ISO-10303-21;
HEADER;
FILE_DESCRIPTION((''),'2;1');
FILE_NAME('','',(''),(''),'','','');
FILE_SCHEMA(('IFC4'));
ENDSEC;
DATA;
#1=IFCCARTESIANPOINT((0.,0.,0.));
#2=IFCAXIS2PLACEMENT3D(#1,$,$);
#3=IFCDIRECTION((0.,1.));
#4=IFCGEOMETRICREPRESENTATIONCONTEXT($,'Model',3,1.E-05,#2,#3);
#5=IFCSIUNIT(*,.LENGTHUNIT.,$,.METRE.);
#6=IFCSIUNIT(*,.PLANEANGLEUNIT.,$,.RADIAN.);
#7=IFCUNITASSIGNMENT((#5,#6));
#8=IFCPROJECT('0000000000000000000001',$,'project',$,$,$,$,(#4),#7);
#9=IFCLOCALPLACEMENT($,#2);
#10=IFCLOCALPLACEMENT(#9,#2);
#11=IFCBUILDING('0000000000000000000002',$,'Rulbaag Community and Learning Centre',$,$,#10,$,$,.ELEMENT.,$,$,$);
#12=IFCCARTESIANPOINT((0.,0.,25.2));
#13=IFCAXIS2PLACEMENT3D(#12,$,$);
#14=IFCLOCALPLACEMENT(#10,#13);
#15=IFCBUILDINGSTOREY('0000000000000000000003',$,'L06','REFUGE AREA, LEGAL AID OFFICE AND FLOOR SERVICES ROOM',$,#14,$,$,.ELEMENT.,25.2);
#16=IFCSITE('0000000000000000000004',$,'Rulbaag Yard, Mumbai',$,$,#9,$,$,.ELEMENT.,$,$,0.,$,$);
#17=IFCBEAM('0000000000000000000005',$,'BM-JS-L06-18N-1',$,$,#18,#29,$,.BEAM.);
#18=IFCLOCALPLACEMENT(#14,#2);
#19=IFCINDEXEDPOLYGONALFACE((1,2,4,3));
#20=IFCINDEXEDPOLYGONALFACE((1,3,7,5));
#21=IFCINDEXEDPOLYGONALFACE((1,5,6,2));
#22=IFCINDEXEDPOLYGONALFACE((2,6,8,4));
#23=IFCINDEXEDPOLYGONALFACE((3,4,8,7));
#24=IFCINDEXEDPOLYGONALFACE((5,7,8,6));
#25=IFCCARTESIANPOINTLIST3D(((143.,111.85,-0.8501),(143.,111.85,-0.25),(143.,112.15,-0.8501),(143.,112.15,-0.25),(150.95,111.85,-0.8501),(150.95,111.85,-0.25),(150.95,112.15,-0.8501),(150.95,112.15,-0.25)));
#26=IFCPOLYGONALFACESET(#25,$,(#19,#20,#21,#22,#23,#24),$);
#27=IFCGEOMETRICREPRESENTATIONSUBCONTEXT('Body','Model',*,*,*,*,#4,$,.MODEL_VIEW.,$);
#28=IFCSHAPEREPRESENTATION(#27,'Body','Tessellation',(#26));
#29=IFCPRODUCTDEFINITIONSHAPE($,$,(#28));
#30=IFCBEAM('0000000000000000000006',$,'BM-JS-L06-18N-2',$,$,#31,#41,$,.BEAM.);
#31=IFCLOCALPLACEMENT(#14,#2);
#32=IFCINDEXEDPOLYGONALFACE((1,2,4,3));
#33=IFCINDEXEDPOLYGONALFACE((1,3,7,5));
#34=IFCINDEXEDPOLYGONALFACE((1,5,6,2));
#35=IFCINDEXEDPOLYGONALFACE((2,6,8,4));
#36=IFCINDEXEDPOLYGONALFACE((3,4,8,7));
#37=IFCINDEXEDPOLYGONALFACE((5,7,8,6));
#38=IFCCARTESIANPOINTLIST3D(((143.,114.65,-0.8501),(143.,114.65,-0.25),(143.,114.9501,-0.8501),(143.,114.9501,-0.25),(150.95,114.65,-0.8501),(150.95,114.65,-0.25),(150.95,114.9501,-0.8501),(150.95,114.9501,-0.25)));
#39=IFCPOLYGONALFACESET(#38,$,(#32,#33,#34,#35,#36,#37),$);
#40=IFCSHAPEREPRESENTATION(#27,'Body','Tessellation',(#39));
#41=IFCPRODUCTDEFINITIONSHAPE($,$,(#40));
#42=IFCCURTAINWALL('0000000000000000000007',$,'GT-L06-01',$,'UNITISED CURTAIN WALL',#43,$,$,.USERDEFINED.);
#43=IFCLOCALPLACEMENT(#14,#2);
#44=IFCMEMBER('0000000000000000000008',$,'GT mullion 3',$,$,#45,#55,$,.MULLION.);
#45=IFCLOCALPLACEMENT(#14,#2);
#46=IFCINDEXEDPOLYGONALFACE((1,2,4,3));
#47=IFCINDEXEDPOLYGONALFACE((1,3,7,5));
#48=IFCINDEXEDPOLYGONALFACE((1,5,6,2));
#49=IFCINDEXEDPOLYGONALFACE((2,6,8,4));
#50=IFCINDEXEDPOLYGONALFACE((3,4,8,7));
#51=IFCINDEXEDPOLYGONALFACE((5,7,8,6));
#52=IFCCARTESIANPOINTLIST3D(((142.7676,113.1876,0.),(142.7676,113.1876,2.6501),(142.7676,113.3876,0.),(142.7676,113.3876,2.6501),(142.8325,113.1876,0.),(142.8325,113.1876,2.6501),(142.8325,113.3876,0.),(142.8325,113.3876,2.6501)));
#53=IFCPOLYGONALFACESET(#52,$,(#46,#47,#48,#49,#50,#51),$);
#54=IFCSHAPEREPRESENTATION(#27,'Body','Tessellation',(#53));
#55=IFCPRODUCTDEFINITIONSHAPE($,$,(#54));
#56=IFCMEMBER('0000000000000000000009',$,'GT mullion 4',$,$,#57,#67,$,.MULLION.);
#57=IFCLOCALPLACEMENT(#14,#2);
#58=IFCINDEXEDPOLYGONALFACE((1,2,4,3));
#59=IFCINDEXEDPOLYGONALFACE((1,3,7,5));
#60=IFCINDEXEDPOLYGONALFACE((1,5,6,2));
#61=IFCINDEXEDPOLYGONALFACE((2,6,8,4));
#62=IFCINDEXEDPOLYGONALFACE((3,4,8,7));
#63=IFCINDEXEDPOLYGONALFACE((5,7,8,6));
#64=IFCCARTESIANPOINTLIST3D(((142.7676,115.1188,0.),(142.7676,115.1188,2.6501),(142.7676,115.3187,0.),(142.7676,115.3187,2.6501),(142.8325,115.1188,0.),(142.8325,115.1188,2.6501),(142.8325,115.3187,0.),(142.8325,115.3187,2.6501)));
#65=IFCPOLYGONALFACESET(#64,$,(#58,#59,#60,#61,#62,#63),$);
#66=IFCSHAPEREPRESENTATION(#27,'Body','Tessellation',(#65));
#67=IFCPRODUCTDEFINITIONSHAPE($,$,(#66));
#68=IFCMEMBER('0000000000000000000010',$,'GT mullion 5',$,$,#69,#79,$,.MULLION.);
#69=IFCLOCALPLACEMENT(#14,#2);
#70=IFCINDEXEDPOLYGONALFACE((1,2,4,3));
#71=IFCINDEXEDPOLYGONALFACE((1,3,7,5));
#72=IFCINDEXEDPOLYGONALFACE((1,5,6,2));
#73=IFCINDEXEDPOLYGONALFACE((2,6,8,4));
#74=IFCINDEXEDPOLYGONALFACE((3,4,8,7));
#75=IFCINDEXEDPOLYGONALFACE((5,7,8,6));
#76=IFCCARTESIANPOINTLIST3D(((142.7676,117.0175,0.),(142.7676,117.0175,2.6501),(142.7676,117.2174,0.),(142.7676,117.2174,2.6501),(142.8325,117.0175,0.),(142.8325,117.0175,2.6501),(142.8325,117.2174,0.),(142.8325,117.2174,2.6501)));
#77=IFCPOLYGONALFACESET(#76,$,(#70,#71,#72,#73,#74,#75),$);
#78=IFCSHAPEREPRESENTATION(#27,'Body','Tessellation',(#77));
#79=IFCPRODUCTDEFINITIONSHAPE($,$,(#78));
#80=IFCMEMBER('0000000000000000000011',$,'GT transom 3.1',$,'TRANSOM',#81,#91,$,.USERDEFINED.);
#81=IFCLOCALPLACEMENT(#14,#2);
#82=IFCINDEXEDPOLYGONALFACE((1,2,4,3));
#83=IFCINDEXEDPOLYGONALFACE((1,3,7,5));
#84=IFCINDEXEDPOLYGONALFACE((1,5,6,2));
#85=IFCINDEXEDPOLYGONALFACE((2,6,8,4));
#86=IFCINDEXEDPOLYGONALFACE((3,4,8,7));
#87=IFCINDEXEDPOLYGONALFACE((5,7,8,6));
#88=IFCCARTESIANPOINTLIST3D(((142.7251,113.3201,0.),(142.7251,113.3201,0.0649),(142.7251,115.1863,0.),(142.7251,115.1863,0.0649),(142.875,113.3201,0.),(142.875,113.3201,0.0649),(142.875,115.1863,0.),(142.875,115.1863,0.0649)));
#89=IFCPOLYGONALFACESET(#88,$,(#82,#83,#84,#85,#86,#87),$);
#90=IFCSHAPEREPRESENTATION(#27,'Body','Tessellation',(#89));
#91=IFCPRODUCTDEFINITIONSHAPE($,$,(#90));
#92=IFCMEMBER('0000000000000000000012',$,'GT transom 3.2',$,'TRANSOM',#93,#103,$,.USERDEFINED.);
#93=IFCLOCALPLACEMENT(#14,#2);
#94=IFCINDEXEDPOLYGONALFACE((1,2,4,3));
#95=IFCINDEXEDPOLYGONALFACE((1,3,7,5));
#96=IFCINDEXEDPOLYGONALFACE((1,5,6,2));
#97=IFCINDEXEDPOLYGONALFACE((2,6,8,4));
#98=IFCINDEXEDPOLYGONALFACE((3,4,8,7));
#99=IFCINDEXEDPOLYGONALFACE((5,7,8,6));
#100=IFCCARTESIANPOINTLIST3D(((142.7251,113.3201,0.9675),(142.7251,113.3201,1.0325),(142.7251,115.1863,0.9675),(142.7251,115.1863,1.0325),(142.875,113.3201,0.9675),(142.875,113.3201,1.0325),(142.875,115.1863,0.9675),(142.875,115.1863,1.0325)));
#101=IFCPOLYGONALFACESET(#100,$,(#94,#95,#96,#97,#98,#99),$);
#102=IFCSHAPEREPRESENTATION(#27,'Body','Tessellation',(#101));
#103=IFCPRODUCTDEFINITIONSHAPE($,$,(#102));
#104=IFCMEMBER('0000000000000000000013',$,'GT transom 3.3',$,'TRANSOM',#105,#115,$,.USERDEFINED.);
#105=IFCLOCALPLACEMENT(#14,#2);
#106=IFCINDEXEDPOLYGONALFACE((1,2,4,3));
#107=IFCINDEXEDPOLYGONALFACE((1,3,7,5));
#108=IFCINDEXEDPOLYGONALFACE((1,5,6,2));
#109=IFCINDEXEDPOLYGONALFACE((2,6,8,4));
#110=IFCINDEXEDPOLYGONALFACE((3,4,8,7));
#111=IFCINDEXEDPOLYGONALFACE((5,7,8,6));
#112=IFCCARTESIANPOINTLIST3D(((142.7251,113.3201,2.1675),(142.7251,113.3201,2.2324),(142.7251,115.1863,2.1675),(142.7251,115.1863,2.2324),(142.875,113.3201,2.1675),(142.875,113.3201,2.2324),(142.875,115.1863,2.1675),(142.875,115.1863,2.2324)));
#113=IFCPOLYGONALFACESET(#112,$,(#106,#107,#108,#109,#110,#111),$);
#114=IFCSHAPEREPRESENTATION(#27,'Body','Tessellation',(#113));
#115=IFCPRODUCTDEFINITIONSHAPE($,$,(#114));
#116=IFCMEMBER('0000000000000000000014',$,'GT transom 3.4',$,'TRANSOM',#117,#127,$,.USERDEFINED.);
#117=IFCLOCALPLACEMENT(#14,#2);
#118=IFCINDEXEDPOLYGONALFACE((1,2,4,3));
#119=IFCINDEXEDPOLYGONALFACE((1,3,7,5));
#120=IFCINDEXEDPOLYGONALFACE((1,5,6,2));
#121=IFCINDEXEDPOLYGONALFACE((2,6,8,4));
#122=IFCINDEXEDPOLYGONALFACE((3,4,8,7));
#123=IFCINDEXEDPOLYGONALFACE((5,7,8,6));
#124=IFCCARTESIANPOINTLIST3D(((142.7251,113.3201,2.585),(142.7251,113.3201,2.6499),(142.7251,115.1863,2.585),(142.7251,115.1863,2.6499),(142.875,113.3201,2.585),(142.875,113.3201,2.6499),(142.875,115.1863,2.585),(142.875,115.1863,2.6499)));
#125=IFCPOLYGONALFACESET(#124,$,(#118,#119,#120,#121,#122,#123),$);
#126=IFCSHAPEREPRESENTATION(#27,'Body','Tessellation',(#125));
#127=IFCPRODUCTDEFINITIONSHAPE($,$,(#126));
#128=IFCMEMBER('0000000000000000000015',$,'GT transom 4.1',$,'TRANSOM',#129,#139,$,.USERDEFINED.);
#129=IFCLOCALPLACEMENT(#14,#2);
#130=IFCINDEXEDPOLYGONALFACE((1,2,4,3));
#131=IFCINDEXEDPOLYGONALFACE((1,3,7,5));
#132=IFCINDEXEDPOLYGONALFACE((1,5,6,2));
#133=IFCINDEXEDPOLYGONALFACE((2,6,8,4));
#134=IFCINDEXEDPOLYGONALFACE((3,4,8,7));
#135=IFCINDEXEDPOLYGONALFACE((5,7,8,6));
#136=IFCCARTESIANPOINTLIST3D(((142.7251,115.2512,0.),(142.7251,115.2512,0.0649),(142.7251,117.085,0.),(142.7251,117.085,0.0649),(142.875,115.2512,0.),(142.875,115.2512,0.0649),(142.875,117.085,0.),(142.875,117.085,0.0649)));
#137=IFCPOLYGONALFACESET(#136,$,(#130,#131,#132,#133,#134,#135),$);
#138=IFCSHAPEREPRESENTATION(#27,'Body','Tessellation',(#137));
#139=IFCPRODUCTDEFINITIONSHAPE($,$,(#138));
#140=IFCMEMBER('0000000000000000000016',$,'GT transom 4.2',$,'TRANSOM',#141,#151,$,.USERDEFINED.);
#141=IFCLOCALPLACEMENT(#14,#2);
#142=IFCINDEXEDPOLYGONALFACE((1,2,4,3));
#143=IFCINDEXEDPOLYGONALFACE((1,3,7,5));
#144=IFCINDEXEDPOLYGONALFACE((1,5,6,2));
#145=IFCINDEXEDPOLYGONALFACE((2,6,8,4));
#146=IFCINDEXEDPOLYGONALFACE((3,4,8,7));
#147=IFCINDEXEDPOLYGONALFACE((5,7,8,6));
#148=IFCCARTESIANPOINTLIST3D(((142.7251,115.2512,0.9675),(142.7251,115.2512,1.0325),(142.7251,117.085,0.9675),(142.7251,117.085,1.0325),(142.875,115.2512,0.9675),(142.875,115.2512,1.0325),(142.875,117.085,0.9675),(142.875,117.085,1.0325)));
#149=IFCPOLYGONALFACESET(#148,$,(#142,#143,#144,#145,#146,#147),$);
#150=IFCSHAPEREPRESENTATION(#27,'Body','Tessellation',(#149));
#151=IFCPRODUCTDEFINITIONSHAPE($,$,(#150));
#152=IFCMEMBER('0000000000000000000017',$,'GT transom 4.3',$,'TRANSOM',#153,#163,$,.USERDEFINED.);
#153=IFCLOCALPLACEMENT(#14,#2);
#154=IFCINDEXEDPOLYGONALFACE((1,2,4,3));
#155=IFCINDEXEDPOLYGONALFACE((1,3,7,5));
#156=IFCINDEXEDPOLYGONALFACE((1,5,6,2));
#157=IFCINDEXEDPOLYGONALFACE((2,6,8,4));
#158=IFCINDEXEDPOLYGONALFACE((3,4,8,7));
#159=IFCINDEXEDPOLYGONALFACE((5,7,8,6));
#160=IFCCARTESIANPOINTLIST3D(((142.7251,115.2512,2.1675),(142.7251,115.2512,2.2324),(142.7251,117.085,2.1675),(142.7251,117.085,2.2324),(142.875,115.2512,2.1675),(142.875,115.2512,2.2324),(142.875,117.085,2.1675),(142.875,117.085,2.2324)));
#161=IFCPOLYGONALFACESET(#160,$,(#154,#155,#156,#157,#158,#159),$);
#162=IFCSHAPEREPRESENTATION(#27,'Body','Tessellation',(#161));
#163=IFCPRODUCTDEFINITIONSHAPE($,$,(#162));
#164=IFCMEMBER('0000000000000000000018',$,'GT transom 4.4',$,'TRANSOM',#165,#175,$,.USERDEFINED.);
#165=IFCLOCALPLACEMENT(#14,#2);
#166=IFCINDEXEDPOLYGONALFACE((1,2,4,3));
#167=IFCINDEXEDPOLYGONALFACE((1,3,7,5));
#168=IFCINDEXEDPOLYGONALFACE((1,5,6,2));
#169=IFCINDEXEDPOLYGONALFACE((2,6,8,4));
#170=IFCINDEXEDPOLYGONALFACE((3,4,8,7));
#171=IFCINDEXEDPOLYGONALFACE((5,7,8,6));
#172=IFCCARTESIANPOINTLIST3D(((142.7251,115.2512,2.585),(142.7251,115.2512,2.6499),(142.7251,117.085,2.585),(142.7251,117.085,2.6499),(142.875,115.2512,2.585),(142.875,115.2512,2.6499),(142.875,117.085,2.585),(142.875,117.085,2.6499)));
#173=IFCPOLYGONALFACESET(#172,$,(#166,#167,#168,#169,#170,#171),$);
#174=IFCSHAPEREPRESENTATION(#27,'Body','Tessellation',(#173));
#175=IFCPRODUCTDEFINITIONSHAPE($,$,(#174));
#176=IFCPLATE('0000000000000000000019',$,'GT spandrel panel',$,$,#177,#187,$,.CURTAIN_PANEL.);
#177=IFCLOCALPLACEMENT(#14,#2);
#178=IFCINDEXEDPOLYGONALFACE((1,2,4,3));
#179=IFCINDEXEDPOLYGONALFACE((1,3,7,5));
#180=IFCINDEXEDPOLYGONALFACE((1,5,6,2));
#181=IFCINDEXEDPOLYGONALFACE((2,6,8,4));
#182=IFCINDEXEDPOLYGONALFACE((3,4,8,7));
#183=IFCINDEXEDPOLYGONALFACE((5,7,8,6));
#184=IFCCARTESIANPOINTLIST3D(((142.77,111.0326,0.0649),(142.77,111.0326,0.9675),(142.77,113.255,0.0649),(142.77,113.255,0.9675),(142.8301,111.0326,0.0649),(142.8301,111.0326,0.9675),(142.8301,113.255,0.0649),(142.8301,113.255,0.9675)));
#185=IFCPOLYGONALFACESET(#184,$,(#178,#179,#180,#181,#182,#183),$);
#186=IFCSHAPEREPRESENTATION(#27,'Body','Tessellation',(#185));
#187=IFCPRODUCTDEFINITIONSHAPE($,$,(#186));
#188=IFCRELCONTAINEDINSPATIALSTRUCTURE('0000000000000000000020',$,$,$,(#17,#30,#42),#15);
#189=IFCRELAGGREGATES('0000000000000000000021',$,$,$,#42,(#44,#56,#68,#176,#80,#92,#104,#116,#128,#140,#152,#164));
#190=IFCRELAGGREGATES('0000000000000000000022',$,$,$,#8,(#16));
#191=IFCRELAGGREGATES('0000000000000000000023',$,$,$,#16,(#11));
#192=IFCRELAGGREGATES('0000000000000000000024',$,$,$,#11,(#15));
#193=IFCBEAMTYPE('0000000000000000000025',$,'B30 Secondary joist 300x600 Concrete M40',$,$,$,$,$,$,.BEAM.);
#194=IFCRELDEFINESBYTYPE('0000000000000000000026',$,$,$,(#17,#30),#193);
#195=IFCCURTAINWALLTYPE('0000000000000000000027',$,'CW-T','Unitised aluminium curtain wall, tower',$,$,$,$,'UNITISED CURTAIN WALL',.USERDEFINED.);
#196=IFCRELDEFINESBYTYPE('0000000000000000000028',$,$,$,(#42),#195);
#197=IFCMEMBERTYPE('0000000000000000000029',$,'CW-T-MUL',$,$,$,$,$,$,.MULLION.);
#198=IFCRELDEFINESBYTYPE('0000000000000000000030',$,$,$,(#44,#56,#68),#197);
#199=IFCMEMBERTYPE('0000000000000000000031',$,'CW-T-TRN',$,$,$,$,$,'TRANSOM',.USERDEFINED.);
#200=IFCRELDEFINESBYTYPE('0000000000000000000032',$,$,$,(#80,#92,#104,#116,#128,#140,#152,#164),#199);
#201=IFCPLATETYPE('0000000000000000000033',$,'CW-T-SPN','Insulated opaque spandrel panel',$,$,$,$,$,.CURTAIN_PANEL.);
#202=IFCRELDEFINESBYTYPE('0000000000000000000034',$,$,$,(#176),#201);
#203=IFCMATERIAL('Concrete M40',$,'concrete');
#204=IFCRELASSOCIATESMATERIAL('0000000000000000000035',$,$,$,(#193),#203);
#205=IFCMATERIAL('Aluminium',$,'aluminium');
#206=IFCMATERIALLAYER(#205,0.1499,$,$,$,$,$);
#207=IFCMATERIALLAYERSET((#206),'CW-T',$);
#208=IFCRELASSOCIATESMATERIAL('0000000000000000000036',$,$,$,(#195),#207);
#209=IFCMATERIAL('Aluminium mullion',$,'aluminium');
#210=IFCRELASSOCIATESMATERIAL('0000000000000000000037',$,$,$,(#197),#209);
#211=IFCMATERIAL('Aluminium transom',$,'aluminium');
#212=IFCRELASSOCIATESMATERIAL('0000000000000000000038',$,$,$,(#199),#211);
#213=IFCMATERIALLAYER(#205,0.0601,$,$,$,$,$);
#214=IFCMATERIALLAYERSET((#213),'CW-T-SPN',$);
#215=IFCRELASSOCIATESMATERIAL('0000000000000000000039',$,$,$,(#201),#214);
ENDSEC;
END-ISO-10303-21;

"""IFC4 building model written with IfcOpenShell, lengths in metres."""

from ifc_helpers import new_model, si_unit, direction, frame, origin, origin_2d, place, context, subcontext, project, spatial, rectangle, extrude, material, layer, layer_set, material_profile, profile_set, type_object, element, aggregate, save


model = new_model("IFC4")

# Units and contexts
model_context = context("Model", 3, precision=1e-05, world=origin(), true_north=direction((0.0, 1.0)))
body_context = subcontext(model_context, "Body", "Model", "MODEL_VIEW")
ifc_project = project(units=[si_unit("LENGTHUNIT", "METRE"), si_unit("PLANEANGLEUNIT", "RADIAN")], contexts=[model_context])

# Site, building, storey
site_placement = place(None, origin())
site = spatial("IfcSite", under=ifc_project, at=site_placement, Name="Rulbaag Yard, Mumbai", CompositionType="ELEMENT", RefElevation=0.0)
building_placement = place(site_placement, origin())
building = spatial("IfcBuilding", under=site, at=building_placement, Name="Rulbaag Community and Learning Centre", CompositionType="ELEMENT")
storey_placement = place(building_placement, frame((0.0, 0.0, 25.2)))
storey = spatial("IfcBuildingStorey", under=building, at=storey_placement, Name="L06", Description="REFUGE AREA, LEGAL AID OFFICE AND FLOOR SERVICES ROOM", CompositionType="ELEMENT", Elevation=25.2)

# Beams
ifc_material_1 = material(Name="Concrete M40", Category="concrete")
ifc_material_profile_1 = material_profile(ifc_material_1, rectangle(XDim=0.3, YDim=0.6001, at=origin_2d()), Name="RB300x600")
ifc_profile_set_1 = profile_set([ifc_material_profile_1], Name="Concrete M40")
beam_type = type_object("IfcBeamType", Name="B30 Secondary joist 300x600 Concrete M40", PredefinedType="BEAM", material=ifc_profile_set_1)
for number, where, z_axis, x_axis, name in (
    (1, (143.0, 112.0, -0.55), (1.0, 0.0, 0.0), (0.0, 1.0, 0.0), "BM-JS-L06-18N-1"),
    (2, (143.0, 114.8, -0.55), (1.0, 0.0, 0.0), (0.0, 1.0, 0.0), "BM-JS-L06-18N-2"),
):
    element("IfcBeam", number, at=place(storey_placement, frame(where, z_axis=z_axis, x_axis=x_axis)), inside=storey, type_object=beam_type, Name=name, PredefinedType="BEAM", context=body_context, shape_type="SweptSolid", body=[
        extrude(rectangle(XDim=0.3, YDim=0.6001, at=origin_2d()), origin(), (0.0, 0.0, 1.0), 7.95),
    ])

# Curtain wall, members, plate
ifc_material_2 = material(Name="Aluminium", Category="aluminium")
ifc_layer_1 = layer(ifc_material_2, 0.1499)
ifc_layer_set_1 = layer_set([ifc_layer_1], Name="CW-T")
curtain_wall_type = type_object("IfcCurtainWallType", Name="CW-T", Description="Unitised aluminium curtain wall, tower", ElementType="UNITISED CURTAIN WALL", PredefinedType="USERDEFINED", material=ifc_layer_set_1)
curtain_wall_placement = place(storey_placement, origin())
curtain_wall = element("IfcCurtainWall", 3, at=curtain_wall_placement, inside=storey, type_object=curtain_wall_type, Name="GT-L06-01", ObjectType="UNITISED CURTAIN WALL", PredefinedType="USERDEFINED")
ifc_material_3 = material(Name="Aluminium mullion", Category="aluminium")
ifc_material_profile_2 = material_profile(ifc_material_3, rectangle(XDim=0.0649, YDim=0.2, at=origin_2d()), Name="AL 65x200")
ifc_profile_set_2 = profile_set([ifc_material_profile_2], Name="Aluminium mullion")
member_type_1 = type_object("IfcMemberType", Name="CW-T-MUL", PredefinedType="MULLION", material=ifc_profile_set_2)
member_1_placement = place(storey_placement, frame((142.8, 113.2876, 0.0), z_axis=(0.0, 0.0, 1.0), x_axis=(-1.0, 0.0, 0.0)))
member_1 = element("IfcMember", 4, at=member_1_placement, type_object=member_type_1, Name="GT mullion 3", PredefinedType="MULLION", context=body_context, shape_type="SweptSolid", body=[
    extrude(rectangle(XDim=0.0649, YDim=0.2, at=origin_2d()), origin(), (0.0, 0.0, 1.0), 2.6501),
])
member_2_placement = place(storey_placement, frame((142.8, 115.2188, 0.0), z_axis=(0.0, 0.0, 1.0), x_axis=(-1.0, 0.0, 0.0)))
member_2 = element("IfcMember", 5, at=member_2_placement, type_object=member_type_1, Name="GT mullion 4", PredefinedType="MULLION", context=body_context, shape_type="SweptSolid", body=[
    extrude(rectangle(XDim=0.0649, YDim=0.2, at=origin_2d()), origin(), (0.0, 0.0, 1.0), 2.6501),
])
member_3_placement = place(storey_placement, frame((142.8, 117.1174, 0.0), z_axis=(0.0, 0.0, 1.0), x_axis=(-1.0, 0.0, 0.0)))
member_3 = element("IfcMember", 6, at=member_3_placement, type_object=member_type_1, Name="GT mullion 5", PredefinedType="MULLION", context=body_context, shape_type="SweptSolid", body=[
    extrude(rectangle(XDim=0.0649, YDim=0.2, at=origin_2d()), origin(), (0.0, 0.0, 1.0), 2.6501),
])
ifc_material_4 = material(Name="Aluminium transom", Category="aluminium")
ifc_material_profile_3 = material_profile(ifc_material_4, rectangle(XDim=0.1499, YDim=0.0649, at=origin_2d()), Name="AL 65x150 T")
ifc_profile_set_3 = profile_set([ifc_material_profile_3], Name="Aluminium transom")
member_type_2 = type_object("IfcMemberType", Name="CW-T-TRN", ElementType="TRANSOM", PredefinedType="USERDEFINED", material=ifc_profile_set_3)
member_4_placement = place(storey_placement, frame((142.8, 113.3201, 0.0325), z_axis=(0.0, 1.0, 0.0), x_axis=(-1.0, 0.0, 0.0)))
member_4 = element("IfcMember", 7, at=member_4_placement, type_object=member_type_2, Name="GT transom 3.1", ObjectType="TRANSOM", PredefinedType="USERDEFINED", context=body_context, shape_type="SweptSolid", body=[
    extrude(rectangle(XDim=0.1499, YDim=0.0649, at=origin_2d()), origin(), (0.0, 0.0, 1.0), 1.8662),
])
member_5_placement = place(storey_placement, frame((142.8, 113.3201, 1.0), z_axis=(0.0, 1.0, 0.0), x_axis=(-1.0, 0.0, 0.0)))
member_5 = element("IfcMember", 8, at=member_5_placement, type_object=member_type_2, Name="GT transom 3.2", ObjectType="TRANSOM", PredefinedType="USERDEFINED", context=body_context, shape_type="SweptSolid", body=[
    extrude(rectangle(XDim=0.1499, YDim=0.0649, at=origin_2d()), origin(), (0.0, 0.0, 1.0), 1.8662),
])
member_6_placement = place(storey_placement, frame((142.8, 113.3201, 2.2), z_axis=(0.0, 1.0, 0.0), x_axis=(-1.0, 0.0, 0.0)))
member_6 = element("IfcMember", 9, at=member_6_placement, type_object=member_type_2, Name="GT transom 3.3", ObjectType="TRANSOM", PredefinedType="USERDEFINED", context=body_context, shape_type="SweptSolid", body=[
    extrude(rectangle(XDim=0.1499, YDim=0.0649, at=origin_2d()), origin(), (0.0, 0.0, 1.0), 1.8662),
])
member_7_placement = place(storey_placement, frame((142.8, 113.3201, 2.6174), z_axis=(0.0, 1.0, 0.0), x_axis=(-1.0, 0.0, 0.0)))
member_7 = element("IfcMember", 10, at=member_7_placement, type_object=member_type_2, Name="GT transom 3.4", ObjectType="TRANSOM", PredefinedType="USERDEFINED", context=body_context, shape_type="SweptSolid", body=[
    extrude(rectangle(XDim=0.1499, YDim=0.0649, at=origin_2d()), origin(), (0.0, 0.0, 1.0), 1.8662),
])
member_8_placement = place(storey_placement, frame((142.8, 115.2512, 0.0325), z_axis=(0.0, 1.0, 0.0), x_axis=(-1.0, 0.0, 0.0)))
member_8 = element("IfcMember", 11, at=member_8_placement, type_object=member_type_2, Name="GT transom 4.1", ObjectType="TRANSOM", PredefinedType="USERDEFINED", context=body_context, shape_type="SweptSolid", body=[
    extrude(rectangle(XDim=0.1499, YDim=0.0649, at=origin_2d()), origin(), (0.0, 0.0, 1.0), 1.8337),
])
member_9_placement = place(storey_placement, frame((142.8, 115.2512, 1.0), z_axis=(0.0, 1.0, 0.0), x_axis=(-1.0, 0.0, 0.0)))
member_9 = element("IfcMember", 12, at=member_9_placement, type_object=member_type_2, Name="GT transom 4.2", ObjectType="TRANSOM", PredefinedType="USERDEFINED", context=body_context, shape_type="SweptSolid", body=[
    extrude(rectangle(XDim=0.1499, YDim=0.0649, at=origin_2d()), origin(), (0.0, 0.0, 1.0), 1.8337),
])
member_10_placement = place(storey_placement, frame((142.8, 115.2512, 2.2), z_axis=(0.0, 1.0, 0.0), x_axis=(-1.0, 0.0, 0.0)))
member_10 = element("IfcMember", 13, at=member_10_placement, type_object=member_type_2, Name="GT transom 4.3", ObjectType="TRANSOM", PredefinedType="USERDEFINED", context=body_context, shape_type="SweptSolid", body=[
    extrude(rectangle(XDim=0.1499, YDim=0.0649, at=origin_2d()), origin(), (0.0, 0.0, 1.0), 1.8337),
])
member_11_placement = place(storey_placement, frame((142.8, 115.2512, 2.6174), z_axis=(0.0, 1.0, 0.0), x_axis=(-1.0, 0.0, 0.0)))
member_11 = element("IfcMember", 14, at=member_11_placement, type_object=member_type_2, Name="GT transom 4.4", ObjectType="TRANSOM", PredefinedType="USERDEFINED", context=body_context, shape_type="SweptSolid", body=[
    extrude(rectangle(XDim=0.1499, YDim=0.0649, at=origin_2d()), origin(), (0.0, 0.0, 1.0), 1.8337),
])
ifc_layer_2 = layer(ifc_material_2, 0.0601)
ifc_layer_set_2 = layer_set([ifc_layer_2], Name="CW-T-SPN")
plate_type_1 = type_object("IfcPlateType", Name="CW-T-SPN", Description="Insulated opaque spandrel panel", PredefinedType="CURTAIN_PANEL", material=ifc_layer_set_2)
plate_1_placement = place(storey_placement, frame((142.8, 112.1438, 0.0649), z_axis=(0.0, 0.0, 1.0), x_axis=(0.0, 1.0, 0.0)))
plate_1 = element("IfcPlate", 15, at=plate_1_placement, type_object=plate_type_1, Name="GT spandrel panel", PredefinedType="CURTAIN_PANEL", context=body_context, shape_type="SweptSolid", body=[
    extrude(rectangle(XDim=2.2224, YDim=0.0601, at=origin_2d()), origin(), (0.0, 0.0, 1.0), 0.9026),
])
aggregate(curtain_wall, [member_1, member_2, member_3, plate_1, member_4, member_5, member_6, member_7, member_8, member_9, member_10, member_11])

save(model, "model.ifc")
